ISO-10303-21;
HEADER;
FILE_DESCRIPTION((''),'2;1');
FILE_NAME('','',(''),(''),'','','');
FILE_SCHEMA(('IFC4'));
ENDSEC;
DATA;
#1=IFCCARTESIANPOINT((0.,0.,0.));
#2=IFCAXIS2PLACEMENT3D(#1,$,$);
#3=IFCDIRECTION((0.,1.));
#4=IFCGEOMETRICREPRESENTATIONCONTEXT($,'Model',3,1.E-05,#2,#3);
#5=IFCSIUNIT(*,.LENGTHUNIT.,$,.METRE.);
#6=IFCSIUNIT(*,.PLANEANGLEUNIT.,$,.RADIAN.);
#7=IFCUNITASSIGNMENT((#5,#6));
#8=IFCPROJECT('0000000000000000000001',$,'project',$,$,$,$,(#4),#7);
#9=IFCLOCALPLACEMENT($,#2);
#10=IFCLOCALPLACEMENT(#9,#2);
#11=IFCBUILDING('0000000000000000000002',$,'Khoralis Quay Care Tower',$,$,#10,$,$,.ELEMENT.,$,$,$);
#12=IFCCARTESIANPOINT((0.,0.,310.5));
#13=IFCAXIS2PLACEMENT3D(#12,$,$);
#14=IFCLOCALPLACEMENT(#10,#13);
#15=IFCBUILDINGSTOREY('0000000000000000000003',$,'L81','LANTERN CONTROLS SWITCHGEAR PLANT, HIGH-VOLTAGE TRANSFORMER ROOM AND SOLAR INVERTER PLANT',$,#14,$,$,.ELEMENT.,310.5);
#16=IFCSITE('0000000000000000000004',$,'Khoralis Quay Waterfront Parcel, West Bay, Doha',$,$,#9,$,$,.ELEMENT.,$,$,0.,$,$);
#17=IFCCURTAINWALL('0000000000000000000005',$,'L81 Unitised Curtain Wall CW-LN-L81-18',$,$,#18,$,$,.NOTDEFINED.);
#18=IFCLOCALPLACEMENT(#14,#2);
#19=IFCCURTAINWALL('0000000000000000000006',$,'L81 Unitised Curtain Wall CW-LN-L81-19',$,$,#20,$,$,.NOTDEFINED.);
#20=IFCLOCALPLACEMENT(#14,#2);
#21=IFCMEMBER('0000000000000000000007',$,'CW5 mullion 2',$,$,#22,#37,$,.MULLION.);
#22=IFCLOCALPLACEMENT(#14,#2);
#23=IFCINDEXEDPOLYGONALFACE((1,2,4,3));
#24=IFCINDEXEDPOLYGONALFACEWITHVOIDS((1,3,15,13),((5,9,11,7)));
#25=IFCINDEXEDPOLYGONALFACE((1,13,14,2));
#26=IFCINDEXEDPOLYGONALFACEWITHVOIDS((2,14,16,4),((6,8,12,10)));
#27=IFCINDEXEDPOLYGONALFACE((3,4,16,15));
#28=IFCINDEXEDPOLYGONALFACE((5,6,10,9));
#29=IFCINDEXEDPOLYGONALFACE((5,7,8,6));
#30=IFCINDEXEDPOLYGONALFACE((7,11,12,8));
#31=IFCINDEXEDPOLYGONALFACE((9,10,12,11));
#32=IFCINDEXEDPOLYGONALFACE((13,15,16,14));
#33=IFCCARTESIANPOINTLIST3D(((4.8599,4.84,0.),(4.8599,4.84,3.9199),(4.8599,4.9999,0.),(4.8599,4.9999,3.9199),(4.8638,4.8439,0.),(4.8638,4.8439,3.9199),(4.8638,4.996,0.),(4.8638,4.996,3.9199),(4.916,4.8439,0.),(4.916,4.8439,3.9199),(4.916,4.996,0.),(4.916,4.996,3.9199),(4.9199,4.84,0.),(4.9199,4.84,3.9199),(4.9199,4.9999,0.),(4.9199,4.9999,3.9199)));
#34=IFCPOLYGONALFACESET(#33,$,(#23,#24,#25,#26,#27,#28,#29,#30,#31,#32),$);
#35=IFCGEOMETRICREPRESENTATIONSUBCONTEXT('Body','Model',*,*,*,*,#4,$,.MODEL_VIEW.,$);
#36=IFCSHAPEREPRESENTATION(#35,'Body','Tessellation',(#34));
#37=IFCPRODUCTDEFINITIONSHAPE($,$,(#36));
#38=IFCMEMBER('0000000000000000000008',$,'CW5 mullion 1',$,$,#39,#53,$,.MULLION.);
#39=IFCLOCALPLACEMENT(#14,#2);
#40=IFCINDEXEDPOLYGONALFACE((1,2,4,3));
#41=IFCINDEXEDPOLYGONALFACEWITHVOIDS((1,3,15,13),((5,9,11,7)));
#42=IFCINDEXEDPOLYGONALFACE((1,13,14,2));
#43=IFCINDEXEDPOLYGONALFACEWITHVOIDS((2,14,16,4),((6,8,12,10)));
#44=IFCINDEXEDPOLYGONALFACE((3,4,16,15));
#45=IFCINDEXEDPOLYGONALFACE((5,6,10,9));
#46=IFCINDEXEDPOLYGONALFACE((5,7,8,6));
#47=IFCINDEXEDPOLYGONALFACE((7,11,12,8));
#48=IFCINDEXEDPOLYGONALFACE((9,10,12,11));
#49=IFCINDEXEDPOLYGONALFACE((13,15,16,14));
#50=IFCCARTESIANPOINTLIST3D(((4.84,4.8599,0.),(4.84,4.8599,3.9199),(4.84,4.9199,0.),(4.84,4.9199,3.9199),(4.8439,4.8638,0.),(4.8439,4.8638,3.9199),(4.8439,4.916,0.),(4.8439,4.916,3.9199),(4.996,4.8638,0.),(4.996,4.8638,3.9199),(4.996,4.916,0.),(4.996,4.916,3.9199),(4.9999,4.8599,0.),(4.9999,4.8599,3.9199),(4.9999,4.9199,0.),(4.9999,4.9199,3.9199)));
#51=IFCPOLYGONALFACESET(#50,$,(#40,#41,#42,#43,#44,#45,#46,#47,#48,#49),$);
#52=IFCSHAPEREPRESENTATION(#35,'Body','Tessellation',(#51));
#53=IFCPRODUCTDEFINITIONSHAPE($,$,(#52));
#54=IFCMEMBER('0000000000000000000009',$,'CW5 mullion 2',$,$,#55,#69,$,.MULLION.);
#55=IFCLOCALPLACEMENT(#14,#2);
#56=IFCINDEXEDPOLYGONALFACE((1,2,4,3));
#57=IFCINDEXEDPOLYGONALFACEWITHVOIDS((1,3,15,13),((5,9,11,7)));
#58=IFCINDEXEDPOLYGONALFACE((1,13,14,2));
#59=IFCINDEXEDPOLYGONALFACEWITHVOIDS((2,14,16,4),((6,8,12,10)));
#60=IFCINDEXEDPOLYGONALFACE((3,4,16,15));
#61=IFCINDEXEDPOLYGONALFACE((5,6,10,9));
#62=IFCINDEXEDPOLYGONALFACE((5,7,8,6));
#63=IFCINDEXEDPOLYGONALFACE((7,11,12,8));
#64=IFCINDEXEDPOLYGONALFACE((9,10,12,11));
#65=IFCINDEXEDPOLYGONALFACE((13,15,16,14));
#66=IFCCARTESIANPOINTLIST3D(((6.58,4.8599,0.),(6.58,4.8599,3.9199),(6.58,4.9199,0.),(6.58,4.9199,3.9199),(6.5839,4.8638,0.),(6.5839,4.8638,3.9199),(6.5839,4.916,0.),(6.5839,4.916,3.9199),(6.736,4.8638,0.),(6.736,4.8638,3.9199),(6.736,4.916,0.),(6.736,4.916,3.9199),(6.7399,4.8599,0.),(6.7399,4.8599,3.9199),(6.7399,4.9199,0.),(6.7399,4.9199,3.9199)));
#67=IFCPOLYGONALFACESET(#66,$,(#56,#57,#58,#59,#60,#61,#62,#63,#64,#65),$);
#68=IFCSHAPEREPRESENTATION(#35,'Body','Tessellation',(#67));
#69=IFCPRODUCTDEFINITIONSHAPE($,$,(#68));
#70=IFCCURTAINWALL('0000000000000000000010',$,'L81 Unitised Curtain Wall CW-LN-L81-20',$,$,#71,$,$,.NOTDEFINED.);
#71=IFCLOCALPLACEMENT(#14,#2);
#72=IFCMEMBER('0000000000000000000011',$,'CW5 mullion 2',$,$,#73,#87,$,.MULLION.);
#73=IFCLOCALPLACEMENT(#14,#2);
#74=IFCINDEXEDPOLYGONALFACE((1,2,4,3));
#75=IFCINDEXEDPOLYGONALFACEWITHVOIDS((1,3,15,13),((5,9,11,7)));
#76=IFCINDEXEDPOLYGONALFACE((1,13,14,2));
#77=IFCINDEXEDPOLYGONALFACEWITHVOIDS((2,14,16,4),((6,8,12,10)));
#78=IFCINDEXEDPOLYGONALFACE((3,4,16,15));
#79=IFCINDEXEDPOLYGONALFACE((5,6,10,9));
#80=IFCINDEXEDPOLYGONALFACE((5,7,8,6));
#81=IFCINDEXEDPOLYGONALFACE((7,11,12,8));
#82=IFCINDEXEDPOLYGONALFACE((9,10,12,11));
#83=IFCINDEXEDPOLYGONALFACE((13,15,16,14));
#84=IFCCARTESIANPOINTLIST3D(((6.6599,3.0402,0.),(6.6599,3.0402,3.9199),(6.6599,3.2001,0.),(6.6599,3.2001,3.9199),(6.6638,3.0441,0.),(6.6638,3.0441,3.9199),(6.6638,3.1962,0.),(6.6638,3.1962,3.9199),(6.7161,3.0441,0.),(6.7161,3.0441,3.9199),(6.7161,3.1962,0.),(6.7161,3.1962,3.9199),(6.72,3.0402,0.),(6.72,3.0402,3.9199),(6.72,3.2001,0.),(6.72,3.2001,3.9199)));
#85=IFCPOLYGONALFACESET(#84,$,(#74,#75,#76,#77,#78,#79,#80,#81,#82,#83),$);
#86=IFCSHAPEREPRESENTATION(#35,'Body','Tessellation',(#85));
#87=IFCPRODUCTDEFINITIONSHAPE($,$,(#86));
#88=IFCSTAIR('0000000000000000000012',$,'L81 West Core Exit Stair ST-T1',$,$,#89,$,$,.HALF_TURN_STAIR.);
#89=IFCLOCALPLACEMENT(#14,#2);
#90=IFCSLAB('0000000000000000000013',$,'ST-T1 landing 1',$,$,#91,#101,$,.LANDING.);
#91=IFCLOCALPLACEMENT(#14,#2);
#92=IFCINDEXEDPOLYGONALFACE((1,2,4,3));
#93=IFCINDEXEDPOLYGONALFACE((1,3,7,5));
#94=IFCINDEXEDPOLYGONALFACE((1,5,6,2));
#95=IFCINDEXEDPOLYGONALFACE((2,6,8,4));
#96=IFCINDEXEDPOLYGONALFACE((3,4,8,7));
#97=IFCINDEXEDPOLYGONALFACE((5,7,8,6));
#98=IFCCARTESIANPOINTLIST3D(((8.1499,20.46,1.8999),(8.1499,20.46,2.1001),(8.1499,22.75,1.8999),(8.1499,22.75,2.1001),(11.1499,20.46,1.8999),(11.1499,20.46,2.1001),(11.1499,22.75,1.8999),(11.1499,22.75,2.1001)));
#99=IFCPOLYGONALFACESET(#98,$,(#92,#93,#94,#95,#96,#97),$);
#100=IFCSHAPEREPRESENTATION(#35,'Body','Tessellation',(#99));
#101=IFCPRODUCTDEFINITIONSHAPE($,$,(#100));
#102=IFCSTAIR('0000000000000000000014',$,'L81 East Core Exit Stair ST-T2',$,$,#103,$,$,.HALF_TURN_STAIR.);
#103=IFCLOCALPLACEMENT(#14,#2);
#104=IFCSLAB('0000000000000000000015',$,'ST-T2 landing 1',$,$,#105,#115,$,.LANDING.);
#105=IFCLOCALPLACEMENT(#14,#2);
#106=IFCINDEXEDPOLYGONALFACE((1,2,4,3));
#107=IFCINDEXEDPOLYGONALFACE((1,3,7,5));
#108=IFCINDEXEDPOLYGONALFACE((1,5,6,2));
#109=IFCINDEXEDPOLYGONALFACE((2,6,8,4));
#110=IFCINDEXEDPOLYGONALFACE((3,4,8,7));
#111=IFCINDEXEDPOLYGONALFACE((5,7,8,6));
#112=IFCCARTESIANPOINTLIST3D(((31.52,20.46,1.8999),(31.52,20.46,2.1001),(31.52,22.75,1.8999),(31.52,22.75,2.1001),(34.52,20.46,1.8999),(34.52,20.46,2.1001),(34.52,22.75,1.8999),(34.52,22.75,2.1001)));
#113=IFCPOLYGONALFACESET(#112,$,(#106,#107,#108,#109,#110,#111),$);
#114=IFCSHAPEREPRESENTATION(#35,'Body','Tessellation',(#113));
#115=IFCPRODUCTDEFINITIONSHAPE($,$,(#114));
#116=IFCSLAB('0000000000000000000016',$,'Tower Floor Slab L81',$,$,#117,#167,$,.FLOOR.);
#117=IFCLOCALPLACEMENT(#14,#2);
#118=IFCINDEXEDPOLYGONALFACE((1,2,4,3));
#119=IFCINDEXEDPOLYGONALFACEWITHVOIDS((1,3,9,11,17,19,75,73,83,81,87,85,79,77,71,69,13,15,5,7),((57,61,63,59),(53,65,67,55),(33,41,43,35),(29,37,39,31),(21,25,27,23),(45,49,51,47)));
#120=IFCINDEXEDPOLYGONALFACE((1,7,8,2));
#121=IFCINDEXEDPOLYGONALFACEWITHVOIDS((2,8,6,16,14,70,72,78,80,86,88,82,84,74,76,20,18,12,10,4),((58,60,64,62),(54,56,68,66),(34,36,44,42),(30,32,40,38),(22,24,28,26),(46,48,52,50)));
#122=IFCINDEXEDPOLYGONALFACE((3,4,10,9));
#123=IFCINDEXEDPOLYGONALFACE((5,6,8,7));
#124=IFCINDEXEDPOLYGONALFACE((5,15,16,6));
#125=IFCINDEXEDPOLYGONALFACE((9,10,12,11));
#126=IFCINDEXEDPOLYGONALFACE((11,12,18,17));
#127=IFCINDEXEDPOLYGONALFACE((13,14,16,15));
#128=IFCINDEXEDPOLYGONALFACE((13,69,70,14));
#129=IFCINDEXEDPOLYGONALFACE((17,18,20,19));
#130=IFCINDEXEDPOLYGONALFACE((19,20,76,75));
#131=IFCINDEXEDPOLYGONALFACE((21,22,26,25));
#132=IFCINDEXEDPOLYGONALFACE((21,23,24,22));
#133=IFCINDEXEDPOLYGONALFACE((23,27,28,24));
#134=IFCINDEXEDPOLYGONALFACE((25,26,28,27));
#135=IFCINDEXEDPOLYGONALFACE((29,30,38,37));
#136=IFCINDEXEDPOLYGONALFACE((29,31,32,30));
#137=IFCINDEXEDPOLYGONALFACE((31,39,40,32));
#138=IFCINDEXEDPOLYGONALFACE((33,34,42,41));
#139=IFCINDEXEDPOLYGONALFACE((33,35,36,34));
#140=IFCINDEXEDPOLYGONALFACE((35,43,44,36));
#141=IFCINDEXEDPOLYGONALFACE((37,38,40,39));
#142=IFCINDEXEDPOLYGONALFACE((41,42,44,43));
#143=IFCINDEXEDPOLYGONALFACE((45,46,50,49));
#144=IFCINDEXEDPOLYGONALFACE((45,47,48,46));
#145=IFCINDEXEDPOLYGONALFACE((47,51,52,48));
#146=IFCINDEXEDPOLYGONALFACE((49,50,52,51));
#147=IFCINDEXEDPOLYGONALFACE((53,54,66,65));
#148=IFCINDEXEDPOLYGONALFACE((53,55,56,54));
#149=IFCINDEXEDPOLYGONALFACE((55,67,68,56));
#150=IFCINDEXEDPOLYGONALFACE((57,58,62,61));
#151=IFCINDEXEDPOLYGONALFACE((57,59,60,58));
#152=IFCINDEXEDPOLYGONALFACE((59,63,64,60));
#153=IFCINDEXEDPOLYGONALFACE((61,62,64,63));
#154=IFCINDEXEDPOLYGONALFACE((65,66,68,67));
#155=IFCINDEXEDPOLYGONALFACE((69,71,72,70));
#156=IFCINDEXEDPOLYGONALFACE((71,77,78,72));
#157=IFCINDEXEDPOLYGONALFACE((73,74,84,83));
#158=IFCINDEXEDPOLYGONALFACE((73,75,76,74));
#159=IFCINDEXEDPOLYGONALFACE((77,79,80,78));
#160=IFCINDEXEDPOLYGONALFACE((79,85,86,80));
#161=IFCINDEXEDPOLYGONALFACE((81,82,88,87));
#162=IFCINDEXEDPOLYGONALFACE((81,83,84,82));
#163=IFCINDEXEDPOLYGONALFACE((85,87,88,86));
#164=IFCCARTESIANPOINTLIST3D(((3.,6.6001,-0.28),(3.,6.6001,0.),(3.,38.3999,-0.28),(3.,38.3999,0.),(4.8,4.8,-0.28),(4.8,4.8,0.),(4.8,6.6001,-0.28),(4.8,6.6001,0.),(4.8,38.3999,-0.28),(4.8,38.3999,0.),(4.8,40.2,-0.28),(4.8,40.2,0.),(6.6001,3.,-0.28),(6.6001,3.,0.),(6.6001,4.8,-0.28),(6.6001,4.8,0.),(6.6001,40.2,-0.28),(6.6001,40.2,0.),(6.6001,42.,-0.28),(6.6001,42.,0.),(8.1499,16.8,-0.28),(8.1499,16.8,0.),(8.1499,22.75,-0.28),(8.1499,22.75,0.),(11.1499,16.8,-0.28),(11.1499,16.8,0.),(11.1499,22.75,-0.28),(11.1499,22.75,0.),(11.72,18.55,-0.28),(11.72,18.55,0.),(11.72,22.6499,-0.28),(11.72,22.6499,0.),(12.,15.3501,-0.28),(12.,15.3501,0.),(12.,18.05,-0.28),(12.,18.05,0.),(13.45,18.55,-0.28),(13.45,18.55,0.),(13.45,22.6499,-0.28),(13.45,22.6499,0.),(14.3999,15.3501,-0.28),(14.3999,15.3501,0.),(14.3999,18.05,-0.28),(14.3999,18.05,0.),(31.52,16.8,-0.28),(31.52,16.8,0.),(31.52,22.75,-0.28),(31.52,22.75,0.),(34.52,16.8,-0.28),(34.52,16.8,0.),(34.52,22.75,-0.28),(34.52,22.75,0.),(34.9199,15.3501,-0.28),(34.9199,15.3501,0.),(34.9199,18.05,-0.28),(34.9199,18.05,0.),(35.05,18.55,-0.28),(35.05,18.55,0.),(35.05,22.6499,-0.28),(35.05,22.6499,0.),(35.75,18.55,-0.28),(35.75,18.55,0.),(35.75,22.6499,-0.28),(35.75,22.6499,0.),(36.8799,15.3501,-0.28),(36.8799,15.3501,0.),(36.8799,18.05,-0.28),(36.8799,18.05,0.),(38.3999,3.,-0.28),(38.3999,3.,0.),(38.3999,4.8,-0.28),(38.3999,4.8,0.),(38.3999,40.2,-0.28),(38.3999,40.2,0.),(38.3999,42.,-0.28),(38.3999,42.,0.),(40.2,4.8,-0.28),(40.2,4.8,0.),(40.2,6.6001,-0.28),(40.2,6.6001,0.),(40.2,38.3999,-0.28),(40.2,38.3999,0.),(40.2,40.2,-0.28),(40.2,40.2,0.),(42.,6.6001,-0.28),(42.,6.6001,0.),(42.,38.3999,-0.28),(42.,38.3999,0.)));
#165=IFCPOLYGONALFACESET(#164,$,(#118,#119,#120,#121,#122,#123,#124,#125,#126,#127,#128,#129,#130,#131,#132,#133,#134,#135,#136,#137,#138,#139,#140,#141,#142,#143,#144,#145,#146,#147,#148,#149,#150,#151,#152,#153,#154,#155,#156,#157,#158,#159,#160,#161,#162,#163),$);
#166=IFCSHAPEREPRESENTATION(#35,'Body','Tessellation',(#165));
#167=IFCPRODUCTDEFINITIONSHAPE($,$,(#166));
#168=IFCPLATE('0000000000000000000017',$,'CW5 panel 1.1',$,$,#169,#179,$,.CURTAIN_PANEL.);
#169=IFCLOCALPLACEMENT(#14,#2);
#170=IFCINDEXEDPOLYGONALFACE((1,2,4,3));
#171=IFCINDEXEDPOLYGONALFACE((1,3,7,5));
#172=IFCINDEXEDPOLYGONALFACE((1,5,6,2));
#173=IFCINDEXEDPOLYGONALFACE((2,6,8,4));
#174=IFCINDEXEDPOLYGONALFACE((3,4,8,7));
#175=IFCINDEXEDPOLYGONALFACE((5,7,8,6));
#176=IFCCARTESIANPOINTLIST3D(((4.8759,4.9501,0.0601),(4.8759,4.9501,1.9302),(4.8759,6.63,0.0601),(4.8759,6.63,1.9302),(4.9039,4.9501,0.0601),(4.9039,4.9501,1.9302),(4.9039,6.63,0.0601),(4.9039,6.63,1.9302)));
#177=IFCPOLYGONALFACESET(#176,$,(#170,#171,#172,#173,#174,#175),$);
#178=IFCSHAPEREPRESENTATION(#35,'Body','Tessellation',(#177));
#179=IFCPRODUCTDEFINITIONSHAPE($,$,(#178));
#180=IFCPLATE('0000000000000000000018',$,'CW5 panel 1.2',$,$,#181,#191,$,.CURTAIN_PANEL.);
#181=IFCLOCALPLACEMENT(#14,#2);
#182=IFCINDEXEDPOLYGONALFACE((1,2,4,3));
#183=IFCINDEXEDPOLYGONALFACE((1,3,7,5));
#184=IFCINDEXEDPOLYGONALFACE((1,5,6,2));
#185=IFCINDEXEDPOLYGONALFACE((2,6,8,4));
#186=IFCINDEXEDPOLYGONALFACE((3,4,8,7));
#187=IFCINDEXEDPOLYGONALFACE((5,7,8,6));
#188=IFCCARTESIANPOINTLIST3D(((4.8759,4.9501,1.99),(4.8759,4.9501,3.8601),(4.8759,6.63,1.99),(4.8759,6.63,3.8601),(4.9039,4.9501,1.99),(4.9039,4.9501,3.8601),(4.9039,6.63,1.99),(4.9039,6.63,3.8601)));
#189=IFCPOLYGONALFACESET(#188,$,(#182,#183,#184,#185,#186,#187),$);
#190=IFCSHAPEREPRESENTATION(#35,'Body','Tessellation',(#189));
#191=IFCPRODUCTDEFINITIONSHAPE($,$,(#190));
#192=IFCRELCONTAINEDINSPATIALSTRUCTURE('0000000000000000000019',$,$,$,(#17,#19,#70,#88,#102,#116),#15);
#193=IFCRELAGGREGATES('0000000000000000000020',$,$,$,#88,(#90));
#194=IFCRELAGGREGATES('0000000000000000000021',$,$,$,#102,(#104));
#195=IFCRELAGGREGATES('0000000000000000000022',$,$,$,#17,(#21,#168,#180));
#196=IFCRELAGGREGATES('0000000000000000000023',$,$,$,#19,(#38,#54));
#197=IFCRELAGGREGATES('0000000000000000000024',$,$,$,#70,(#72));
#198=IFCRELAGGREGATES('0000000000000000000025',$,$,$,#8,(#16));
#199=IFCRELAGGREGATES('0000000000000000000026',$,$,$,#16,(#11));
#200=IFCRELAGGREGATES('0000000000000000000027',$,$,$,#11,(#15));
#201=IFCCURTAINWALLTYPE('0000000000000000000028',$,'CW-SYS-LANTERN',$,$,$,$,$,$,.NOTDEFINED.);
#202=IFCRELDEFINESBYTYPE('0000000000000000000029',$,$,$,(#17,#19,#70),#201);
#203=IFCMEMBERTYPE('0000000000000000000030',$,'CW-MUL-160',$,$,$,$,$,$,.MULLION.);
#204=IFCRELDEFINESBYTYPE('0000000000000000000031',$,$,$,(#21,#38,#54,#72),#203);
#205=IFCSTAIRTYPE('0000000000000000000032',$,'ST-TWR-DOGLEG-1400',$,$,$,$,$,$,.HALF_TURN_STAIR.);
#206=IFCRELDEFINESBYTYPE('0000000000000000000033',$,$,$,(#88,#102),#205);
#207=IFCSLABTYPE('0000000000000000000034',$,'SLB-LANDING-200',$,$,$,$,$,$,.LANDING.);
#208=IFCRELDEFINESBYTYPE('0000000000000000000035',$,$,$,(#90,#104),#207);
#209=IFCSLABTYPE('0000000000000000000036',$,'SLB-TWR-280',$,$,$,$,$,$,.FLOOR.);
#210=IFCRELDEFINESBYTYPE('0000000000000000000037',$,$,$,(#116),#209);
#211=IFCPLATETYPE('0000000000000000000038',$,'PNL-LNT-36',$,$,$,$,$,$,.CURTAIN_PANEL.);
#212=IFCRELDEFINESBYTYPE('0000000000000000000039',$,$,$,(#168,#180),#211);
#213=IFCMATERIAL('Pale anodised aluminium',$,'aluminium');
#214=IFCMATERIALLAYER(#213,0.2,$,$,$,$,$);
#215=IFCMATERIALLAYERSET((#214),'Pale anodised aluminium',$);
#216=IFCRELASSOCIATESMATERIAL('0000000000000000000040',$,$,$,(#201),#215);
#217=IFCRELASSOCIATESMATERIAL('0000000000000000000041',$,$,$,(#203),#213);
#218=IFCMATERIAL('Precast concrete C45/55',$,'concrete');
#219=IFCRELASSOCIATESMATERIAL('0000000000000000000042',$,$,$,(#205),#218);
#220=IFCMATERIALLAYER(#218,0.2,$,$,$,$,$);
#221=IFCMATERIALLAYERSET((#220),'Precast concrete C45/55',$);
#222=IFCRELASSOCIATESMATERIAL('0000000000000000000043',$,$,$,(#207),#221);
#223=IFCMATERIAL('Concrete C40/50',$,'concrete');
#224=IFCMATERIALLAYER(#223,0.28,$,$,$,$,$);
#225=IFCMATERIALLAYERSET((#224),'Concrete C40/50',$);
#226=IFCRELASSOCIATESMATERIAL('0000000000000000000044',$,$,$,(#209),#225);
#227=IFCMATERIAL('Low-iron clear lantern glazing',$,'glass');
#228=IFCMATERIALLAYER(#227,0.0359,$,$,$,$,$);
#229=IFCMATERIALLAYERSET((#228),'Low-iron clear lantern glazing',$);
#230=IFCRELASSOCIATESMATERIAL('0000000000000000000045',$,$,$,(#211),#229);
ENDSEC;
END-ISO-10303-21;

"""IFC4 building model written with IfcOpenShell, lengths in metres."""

from ifc_helpers import new_model, si_unit, direction, frame, origin, origin_2d, place, context, subcontext, project, spatial, polyline, rectangle, hollow_rectangle, outline, extrude, source, transform, mapped, material, layer, layer_set, material_profile, profile_set, type_object, element, aggregate, save


model = new_model("IFC4")

# Units and contexts
model_context = context("Model", 3, precision=1e-05, world=origin(), true_north=direction((0.0, 1.0)))
body_context = subcontext(model_context, "Body", "Model", "MODEL_VIEW")
ifc_project = project(units=[si_unit("LENGTHUNIT", "METRE"), si_unit("PLANEANGLEUNIT", "RADIAN")], contexts=[model_context])

# Site, building, storey
site_placement = place(None, origin())
site = spatial("IfcSite", under=ifc_project, at=site_placement, Name="Khoralis Quay Waterfront Parcel, West Bay, Doha", CompositionType="ELEMENT", RefElevation=0.0)
building_placement = place(site_placement, origin())
building = spatial("IfcBuilding", under=site, at=building_placement, Name="Khoralis Quay Care Tower", CompositionType="ELEMENT")
storey_placement = place(building_placement, frame((0.0, 0.0, 310.5)))
storey = spatial("IfcBuildingStorey", under=building, at=storey_placement, Name="L81", Description="LANTERN CONTROLS SWITCHGEAR PLANT, HIGH-VOLTAGE TRANSFORMER ROOM AND SOLAR INVERTER PLANT", CompositionType="ELEMENT", Elevation=310.5)

# Curtain walls
ifc_material_1 = material(Name="Pale anodised aluminium", Category="aluminium")
ifc_layer_1 = layer(ifc_material_1, 0.2)
ifc_layer_set_1 = layer_set([ifc_layer_1], Name="Pale anodised aluminium")
curtain_wall_type = type_object("IfcCurtainWallType", Name="CW-SYS-LANTERN", PredefinedType="NOTDEFINED", material=ifc_layer_set_1)
curtain_wall_1_placement = place(storey_placement, origin())
curtain_wall_1 = element("IfcCurtainWall", 1, at=curtain_wall_1_placement, inside=storey, type_object=curtain_wall_type, Name="L81 Unitised Curtain Wall CW-LN-L81-18", PredefinedType="NOTDEFINED")
curtain_wall_2_placement = place(storey_placement, origin())
curtain_wall_2 = element("IfcCurtainWall", 2, at=curtain_wall_2_placement, inside=storey, type_object=curtain_wall_type, Name="L81 Unitised Curtain Wall CW-LN-L81-19", PredefinedType="NOTDEFINED")

# Members
ifc_material_profile_1 = material_profile(ifc_material_1, hollow_rectangle(XDim=0.0601, YDim=0.1599, WallThickness=0.0039, at=origin_2d()), Name="Pale anodised aluminium")
ifc_profile_set_1 = profile_set([ifc_material_profile_1], Name="Pale anodised aluminium")
member_type_1 = type_object("IfcMemberType", Name="CW-MUL-160", PredefinedType="MULLION", material=ifc_profile_set_1)
shared_shape_1 = source(origin(), body_context, "Body", "SweptSolid", [
    extrude(hollow_rectangle(XDim=0.0601, YDim=0.1599, WallThickness=0.0039, at=origin_2d()), origin(), (0.0, 0.0, 1.0), 3.9199),
])
member_1_placement = place(storey_placement, frame((4.8899, 4.9199, 0.0), z_axis=(0.0, 0.0, 1.0), x_axis=(1.0, 0.0, 0.0)))
member_1 = element("IfcMember", 3, at=member_1_placement, type_object=member_type_1, Name="CW5 mullion 2", PredefinedType="MULLION", context=body_context, shape_type="MappedRepresentation", body=[
    mapped(shared_shape_1, transform((0.0, 0.0, 0.0), scale=1.0)),
])
member_2_placement = place(storey_placement, frame((4.9199, 4.8899, 0.0), z_axis=(0.0, 0.0, 1.0), x_axis=(0.0, 1.0, 0.0)))
member_2 = element("IfcMember", 4, at=member_2_placement, type_object=member_type_1, Name="CW5 mullion 1", PredefinedType="MULLION", context=body_context, shape_type="MappedRepresentation", body=[
    mapped(shared_shape_1, transform((0.0, 0.0, 0.0), scale=1.0)),
])
member_3_placement = place(storey_placement, frame((6.6599, 4.8899, 0.0), z_axis=(0.0, 0.0, 1.0), x_axis=(0.0, 1.0, 0.0)))
member_3 = element("IfcMember", 5, at=member_3_placement, type_object=member_type_1, Name="CW5 mullion 2", PredefinedType="MULLION", context=body_context, shape_type="MappedRepresentation", body=[
    mapped(shared_shape_1, transform((0.0, 0.0, 0.0), scale=1.0)),
])

# Curtain wall, member
curtain_wall_3_placement = place(storey_placement, origin())
curtain_wall_3 = element("IfcCurtainWall", 6, at=curtain_wall_3_placement, inside=storey, type_object=curtain_wall_type, Name="L81 Unitised Curtain Wall CW-LN-L81-20", PredefinedType="NOTDEFINED")
member_4_placement = place(storey_placement, frame((6.6899, 3.1201, 0.0), z_axis=(0.0, 0.0, 1.0), x_axis=(1.0, 0.0, 0.0)))
member_4 = element("IfcMember", 7, at=member_4_placement, type_object=member_type_1, Name="CW5 mullion 2", PredefinedType="MULLION", context=body_context, shape_type="MappedRepresentation", body=[
    mapped(shared_shape_1, transform((0.0, 0.0, 0.0), scale=1.0)),
])

# Stairs, slabs
ifc_material_2 = material(Name="Precast concrete C45/55", Category="concrete")
stair_type = type_object("IfcStairType", Name="ST-TWR-DOGLEG-1400", PredefinedType="HALF_TURN_STAIR", material=ifc_material_2)
stair_1_placement = place(storey_placement, origin())
stair_1 = element("IfcStair", 8, at=stair_1_placement, inside=storey, type_object=stair_type, Name="L81 West Core Exit Stair ST-T1", PredefinedType="HALF_TURN_STAIR")
ifc_layer_2 = layer(ifc_material_2, 0.2)
ifc_layer_set_2 = layer_set([ifc_layer_2], Name="Precast concrete C45/55")
slab_type_1 = type_object("IfcSlabType", Name="SLB-LANDING-200", PredefinedType="LANDING", material=ifc_layer_set_2)
slab_1_placement = place(storey_placement, frame((0.0, 0.0, 1.8999)))
slab_1 = element("IfcSlab", 9, at=slab_1_placement, type_object=slab_type_1, Name="ST-T1 landing 1", PredefinedType="LANDING", context=body_context, shape_type="SweptSolid", body=[
    extrude(outline(polyline([(11.1499, 20.46), (11.1499, 22.75), (8.1499, 22.75), (8.1499, 20.46), (11.1499, 20.46)])), origin(), (0.0, 0.0, 1.0), 0.2002),
])
aggregate(stair_1, [slab_1])
stair_2_placement = place(storey_placement, origin())
stair_2 = element("IfcStair", 10, at=stair_2_placement, inside=storey, type_object=stair_type, Name="L81 East Core Exit Stair ST-T2", PredefinedType="HALF_TURN_STAIR")
slab_2_placement = place(storey_placement, frame((0.0, 0.0, 1.8999)))
slab_2 = element("IfcSlab", 11, at=slab_2_placement, type_object=slab_type_1, Name="ST-T2 landing 1", PredefinedType="LANDING", context=body_context, shape_type="SweptSolid", body=[
    extrude(outline(polyline([(34.52, 20.46), (34.52, 22.75), (31.52, 22.75), (31.52, 20.46), (34.52, 20.46)])), origin(), (0.0, 0.0, 1.0), 0.2002),
])
aggregate(stair_2, [slab_2])

# Slab
ifc_material_3 = material(Name="Concrete C40/50", Category="concrete")
ifc_layer_3 = layer(ifc_material_3, 0.28)
ifc_layer_set_3 = layer_set([ifc_layer_3], Name="Concrete C40/50")
slab_type_2 = type_object("IfcSlabType", Name="SLB-TWR-280", PredefinedType="FLOOR", material=ifc_layer_set_3)
slab_3_placement = place(storey_placement, frame((0.0, 0.0, -0.28)))
element("IfcSlab", 12, at=slab_3_placement, inside=storey, type_object=slab_type_2, Name="Tower Floor Slab L81", PredefinedType="FLOOR", context=body_context, shape_type="SweptSolid", body=[
    extrude(outline(polyline([(6.6001, 3.0), (38.3999, 3.0), (38.3999, 4.8), (40.2, 4.8), (40.2, 6.6001), (42.0, 6.6001), (42.0, 38.3999), (40.2, 38.3999), (40.2, 40.2), (38.3999, 40.2), (38.3999, 42.0), (6.6001, 42.0), (6.6001, 40.2), (4.8, 40.2), (4.8, 38.3999), (3.0, 38.3999), (3.0, 6.6001), (4.8, 6.6001), (4.8, 4.8), (6.6001, 4.8), (6.6001, 3.0)]), holes=[polyline([(11.1499, 16.8), (11.1499, 22.75), (8.1499, 22.75), (8.1499, 16.8), (11.1499, 16.8)]), polyline([(34.52, 16.8), (34.52, 22.75), (31.52, 22.75), (31.52, 16.8), (34.52, 16.8)]), polyline([(12.0, 15.3501), (14.3999, 15.3501), (14.3999, 18.05), (12.0, 18.05), (12.0, 15.3501)]), polyline([(34.9199, 15.3501), (36.8799, 15.3501), (36.8799, 18.05), (34.9199, 18.05), (34.9199, 15.3501)]), polyline([(11.72, 18.55), (13.45, 18.55), (13.45, 22.6499), (11.72, 22.6499), (11.72, 18.55)]), polyline([(35.05, 18.55), (35.75, 18.55), (35.75, 22.6499), (35.05, 22.6499), (35.05, 18.55)])]), origin(), (0.0, 0.0, 1.0), 0.28),
])

# Plates
ifc_material_4 = material(Name="Low-iron clear lantern glazing", Category="glass")
ifc_layer_4 = layer(ifc_material_4, 0.0359)
ifc_layer_set_4 = layer_set([ifc_layer_4], Name="Low-iron clear lantern glazing")
plate_type = type_object("IfcPlateType", Name="PNL-LNT-36", PredefinedType="CURTAIN_PANEL", material=ifc_layer_set_4)
shared_shape_2 = source(origin(), body_context, "Body", "SweptSolid", [
    extrude(rectangle(XDim=1.6799, YDim=0.0281, at=origin_2d()), origin(), (0.0, 0.0, 1.0), 1.8701),
])
plate_1_placement = place(storey_placement, frame((4.8899, 5.79, 0.0601), z_axis=(0.0, 0.0, 1.0), x_axis=(0.0, -1.0, 0.0)))
plate_1 = element("IfcPlate", 13, at=plate_1_placement, type_object=plate_type, Name="CW5 panel 1.1", PredefinedType="CURTAIN_PANEL", context=body_context, shape_type="MappedRepresentation", body=[
    mapped(shared_shape_2, transform((0.0, 0.0, 0.0), scale=1.0)),
])
plate_2_placement = place(storey_placement, frame((4.8899, 5.79, 1.99), z_axis=(0.0, 0.0, 1.0), x_axis=(0.0, -1.0, 0.0)))
plate_2 = element("IfcPlate", 14, at=plate_2_placement, type_object=plate_type, Name="CW5 panel 1.2", PredefinedType="CURTAIN_PANEL", context=body_context, shape_type="MappedRepresentation", body=[
    mapped(shared_shape_2, transform((0.0, 0.0, 0.0), scale=1.0)),
])
aggregate(curtain_wall_1, [member_1, plate_1, plate_2])
aggregate(curtain_wall_2, [member_2, member_3])
aggregate(curtain_wall_3, [member_4])

save(model, "model.ifc")
